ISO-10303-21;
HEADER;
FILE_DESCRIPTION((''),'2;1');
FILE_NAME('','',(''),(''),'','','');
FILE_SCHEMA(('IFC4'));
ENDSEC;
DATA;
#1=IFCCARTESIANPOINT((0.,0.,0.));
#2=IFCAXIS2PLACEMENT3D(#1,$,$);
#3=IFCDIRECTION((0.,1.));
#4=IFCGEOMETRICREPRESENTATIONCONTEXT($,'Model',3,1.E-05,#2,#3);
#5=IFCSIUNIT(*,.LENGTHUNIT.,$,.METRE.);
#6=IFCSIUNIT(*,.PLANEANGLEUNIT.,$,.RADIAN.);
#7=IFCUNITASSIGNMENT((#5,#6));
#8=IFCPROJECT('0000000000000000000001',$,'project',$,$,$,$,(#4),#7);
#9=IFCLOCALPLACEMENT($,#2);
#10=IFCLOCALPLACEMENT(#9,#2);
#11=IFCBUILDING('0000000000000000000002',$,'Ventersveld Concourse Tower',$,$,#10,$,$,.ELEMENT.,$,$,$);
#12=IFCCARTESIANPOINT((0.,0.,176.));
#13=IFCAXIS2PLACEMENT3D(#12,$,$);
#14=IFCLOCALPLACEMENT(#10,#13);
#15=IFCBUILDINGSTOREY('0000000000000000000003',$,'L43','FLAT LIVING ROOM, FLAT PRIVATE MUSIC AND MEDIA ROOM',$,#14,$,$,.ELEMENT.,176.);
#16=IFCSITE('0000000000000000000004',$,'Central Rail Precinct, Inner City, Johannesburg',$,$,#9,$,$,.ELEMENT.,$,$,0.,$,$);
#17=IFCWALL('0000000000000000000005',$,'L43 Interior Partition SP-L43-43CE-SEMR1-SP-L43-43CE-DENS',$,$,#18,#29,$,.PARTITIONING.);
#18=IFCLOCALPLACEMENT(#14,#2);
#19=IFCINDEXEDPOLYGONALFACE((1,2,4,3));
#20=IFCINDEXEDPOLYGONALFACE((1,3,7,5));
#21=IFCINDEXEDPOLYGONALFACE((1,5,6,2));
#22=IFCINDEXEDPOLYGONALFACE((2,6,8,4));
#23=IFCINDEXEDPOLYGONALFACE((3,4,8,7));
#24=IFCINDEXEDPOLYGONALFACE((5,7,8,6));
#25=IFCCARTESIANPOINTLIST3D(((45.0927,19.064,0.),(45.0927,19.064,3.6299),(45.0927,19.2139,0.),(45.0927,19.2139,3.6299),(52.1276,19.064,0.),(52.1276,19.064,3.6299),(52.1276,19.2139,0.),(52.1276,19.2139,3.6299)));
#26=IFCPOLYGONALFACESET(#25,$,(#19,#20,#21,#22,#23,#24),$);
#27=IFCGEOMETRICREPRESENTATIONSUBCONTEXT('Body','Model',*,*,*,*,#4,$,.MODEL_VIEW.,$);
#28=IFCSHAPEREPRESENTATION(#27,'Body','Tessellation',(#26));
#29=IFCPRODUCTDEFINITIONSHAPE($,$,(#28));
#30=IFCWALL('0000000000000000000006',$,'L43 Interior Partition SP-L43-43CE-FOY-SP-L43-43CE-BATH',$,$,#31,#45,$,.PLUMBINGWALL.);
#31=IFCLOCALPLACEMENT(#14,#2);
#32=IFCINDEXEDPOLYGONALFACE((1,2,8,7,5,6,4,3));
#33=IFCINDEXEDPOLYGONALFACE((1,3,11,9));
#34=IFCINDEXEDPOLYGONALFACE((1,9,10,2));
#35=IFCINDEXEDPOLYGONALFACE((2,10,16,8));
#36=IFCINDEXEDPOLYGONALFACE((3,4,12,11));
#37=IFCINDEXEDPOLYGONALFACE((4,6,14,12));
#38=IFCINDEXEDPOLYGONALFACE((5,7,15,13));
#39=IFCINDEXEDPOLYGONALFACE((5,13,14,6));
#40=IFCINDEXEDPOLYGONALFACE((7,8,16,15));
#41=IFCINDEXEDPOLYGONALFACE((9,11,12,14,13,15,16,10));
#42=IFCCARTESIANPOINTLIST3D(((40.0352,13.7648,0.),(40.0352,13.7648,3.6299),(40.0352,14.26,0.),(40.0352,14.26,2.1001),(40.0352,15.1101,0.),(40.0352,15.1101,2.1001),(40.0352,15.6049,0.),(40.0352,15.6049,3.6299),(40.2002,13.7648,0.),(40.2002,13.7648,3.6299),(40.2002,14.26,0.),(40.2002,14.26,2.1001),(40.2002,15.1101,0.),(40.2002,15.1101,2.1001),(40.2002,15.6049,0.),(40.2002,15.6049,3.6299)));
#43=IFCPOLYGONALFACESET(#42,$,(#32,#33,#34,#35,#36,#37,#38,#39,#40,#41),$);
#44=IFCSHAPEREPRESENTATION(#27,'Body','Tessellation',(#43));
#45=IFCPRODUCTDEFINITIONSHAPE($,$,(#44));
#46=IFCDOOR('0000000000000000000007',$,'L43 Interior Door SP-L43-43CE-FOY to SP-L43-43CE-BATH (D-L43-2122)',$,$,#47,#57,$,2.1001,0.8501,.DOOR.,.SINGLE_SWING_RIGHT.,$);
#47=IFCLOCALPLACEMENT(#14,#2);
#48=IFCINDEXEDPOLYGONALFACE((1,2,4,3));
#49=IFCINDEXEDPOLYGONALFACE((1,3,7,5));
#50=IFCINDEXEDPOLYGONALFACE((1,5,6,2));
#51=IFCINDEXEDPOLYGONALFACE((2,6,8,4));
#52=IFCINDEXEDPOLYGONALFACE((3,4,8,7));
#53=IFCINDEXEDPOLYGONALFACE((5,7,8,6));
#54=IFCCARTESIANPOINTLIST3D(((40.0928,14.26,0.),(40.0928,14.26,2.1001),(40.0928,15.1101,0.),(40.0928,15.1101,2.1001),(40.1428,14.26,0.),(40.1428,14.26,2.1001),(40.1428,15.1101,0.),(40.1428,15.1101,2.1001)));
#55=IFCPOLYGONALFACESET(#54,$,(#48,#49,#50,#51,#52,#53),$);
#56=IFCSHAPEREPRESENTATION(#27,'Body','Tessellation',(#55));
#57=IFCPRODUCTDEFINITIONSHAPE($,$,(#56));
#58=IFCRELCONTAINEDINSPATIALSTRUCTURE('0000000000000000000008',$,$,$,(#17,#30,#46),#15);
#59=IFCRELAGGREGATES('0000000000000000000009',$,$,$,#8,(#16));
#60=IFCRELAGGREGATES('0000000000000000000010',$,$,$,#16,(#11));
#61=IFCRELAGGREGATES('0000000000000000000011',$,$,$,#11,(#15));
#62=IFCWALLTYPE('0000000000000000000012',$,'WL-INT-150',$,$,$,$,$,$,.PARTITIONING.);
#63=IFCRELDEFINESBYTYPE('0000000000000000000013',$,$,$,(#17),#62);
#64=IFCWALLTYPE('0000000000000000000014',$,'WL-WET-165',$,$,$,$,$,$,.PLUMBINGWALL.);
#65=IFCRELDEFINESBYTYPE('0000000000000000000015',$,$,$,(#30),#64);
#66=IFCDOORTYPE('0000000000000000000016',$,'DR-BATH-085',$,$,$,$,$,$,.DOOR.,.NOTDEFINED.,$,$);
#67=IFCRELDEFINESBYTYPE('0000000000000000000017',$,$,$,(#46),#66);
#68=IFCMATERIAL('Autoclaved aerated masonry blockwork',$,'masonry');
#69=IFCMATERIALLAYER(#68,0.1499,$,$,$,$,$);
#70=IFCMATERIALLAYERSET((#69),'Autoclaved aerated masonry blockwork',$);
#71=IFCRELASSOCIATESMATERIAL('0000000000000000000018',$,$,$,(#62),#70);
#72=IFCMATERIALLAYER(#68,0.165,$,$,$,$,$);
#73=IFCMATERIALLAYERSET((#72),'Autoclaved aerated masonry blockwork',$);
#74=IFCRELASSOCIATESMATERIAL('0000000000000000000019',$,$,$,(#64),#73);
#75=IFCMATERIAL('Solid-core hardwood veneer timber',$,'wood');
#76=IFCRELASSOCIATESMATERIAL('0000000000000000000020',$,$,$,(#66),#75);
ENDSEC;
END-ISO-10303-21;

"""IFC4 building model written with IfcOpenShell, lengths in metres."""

from ifc_helpers import new_model, si_unit, direction, frame, frame_2d, origin, place, context, subcontext, project, spatial, rectangle, extrude, material, layer, layer_set, type_object, element, fill, save


model = new_model("IFC4")

# Units and contexts
model_context = context("Model", 3, precision=1e-05, world=origin(), true_north=direction((0.0, 1.0)))
body_context = subcontext(model_context, "Body", "Model", "MODEL_VIEW")
ifc_project = project(units=[si_unit("LENGTHUNIT", "METRE"), si_unit("PLANEANGLEUNIT", "RADIAN")], contexts=[model_context])

# Site, building, storey
site_placement = place(None, origin())
site = spatial("IfcSite", under=ifc_project, at=site_placement, Name="Central Rail Precinct, Inner City, Johannesburg", CompositionType="ELEMENT", RefElevation=0.0)
building_placement = place(site_placement, origin())
building = spatial("IfcBuilding", under=site, at=building_placement, Name="Ventersveld Concourse Tower", CompositionType="ELEMENT")
storey_placement = place(building_placement, frame((0.0, 0.0, 176.0)))
storey = spatial("IfcBuildingStorey", under=building, at=storey_placement, Name="L43", Description="FLAT LIVING ROOM, FLAT PRIVATE MUSIC AND MEDIA ROOM", CompositionType="ELEMENT", Elevation=176.0)

# Shared definitions
ifc_material_1 = material(Name="Solid-core hardwood veneer timber", Category="wood")

# Shared definitions
ifc_material_2 = material(Name="Autoclaved aerated masonry blockwork", Category="masonry")
ifc_layer_1 = layer(ifc_material_2, 0.1499)
ifc_layer_set_1 = layer_set([ifc_layer_1], Name="Autoclaved aerated masonry blockwork")
wall_type_1 = type_object("IfcWallType", Name="WL-INT-150", PredefinedType="PARTITIONING", material=ifc_layer_set_1)

# Wall
for number, where, z_axis, x_axis, name in (
    (1, (45.0925, 19.1389, 0.0), (0.0, 0.0, 1.0), (1.0, 0.0, 0.0), "L43 Interior Partition SP-L43-43CE-SEMR1-SP-L43-43CE-DENS"),
):
    element("IfcWall", number, at=place(storey_placement, frame(where, z_axis=z_axis, x_axis=x_axis)), inside=storey, type_object=wall_type_1, Name=name, PredefinedType="PARTITIONING", context=body_context, shape_type="SweptSolid", body=[
        extrude(rectangle(XDim=7.0349, YDim=0.1499, at=frame_2d((3.5176, 0.0))), origin(), (0.0, 0.0, 1.0), 3.6299),
    ])

# Wall, opening, door
ifc_layer_2 = layer(ifc_material_2, 0.165)
ifc_layer_set_2 = layer_set([ifc_layer_2], Name="Autoclaved aerated masonry blockwork")
wall_type_2 = type_object("IfcWallType", Name="WL-WET-165", PredefinedType="PLUMBINGWALL", material=ifc_layer_set_2)
wall_1_placement = place(storey_placement, frame((40.1177, 13.7649, 0.0), z_axis=(0.0, 0.0, 1.0), x_axis=(0.0, 1.0, 0.0)))
wall_1 = element("IfcWall", 2, at=wall_1_placement, inside=storey, type_object=wall_type_2, Name="L43 Interior Partition SP-L43-43CE-FOY-SP-L43-43CE-BATH", PredefinedType="PLUMBINGWALL", context=body_context, shape_type="SweptSolid", body=[
    extrude(rectangle(XDim=1.8401, YDim=0.165, at=frame_2d((0.9199, 0.0))), origin(), (0.0, 0.0, 1.0), 3.6299),
])
opening_1_placement = place(wall_1_placement, frame((0.4951, 0.0, 0.0)))
opening_1 = element("IfcOpeningElement", 3, at=opening_1_placement, cuts=wall_1, PredefinedType="OPENING", context=body_context, shape_type="SweptSolid", body=[
    extrude(rectangle(XDim=0.8501, YDim=2.1001, at=frame_2d((0.425, 1.05))), frame((0.0, 0.0925, 0.0), z_axis=(0.0, -1.0, 0.0), x_axis=(1.0, 0.0, 0.0)), (0.0, 0.0, 1.0), 0.1851),
])
door_type_1 = type_object("IfcDoorType", Name="DR-BATH-085", OperationType="NOTDEFINED", PredefinedType="DOOR", material=ifc_material_1)
door_1_placement = place(opening_1_placement, origin())
door_1 = element("IfcDoor", 4, at=door_1_placement, inside=storey, type_object=door_type_1, Name="L43 Interior Door SP-L43-43CE-FOY to SP-L43-43CE-BATH (D-L43-2122)", OperationType="SINGLE_SWING_RIGHT", OverallHeight=2.1001, OverallWidth=0.8501, PredefinedType="DOOR", context=body_context, shape_type="SweptSolid", body=[
    extrude(rectangle(XDim=0.8501, YDim=2.1001, at=frame_2d((0.425, 1.05))), frame((0.0, 0.0249, 0.0), z_axis=(0.0, -1.0, 0.0), x_axis=(1.0, 0.0, 0.0)), (0.0, 0.0, 1.0), 0.05),
])
fill(opening_1, door_1)

save(model, "model.ifc")
